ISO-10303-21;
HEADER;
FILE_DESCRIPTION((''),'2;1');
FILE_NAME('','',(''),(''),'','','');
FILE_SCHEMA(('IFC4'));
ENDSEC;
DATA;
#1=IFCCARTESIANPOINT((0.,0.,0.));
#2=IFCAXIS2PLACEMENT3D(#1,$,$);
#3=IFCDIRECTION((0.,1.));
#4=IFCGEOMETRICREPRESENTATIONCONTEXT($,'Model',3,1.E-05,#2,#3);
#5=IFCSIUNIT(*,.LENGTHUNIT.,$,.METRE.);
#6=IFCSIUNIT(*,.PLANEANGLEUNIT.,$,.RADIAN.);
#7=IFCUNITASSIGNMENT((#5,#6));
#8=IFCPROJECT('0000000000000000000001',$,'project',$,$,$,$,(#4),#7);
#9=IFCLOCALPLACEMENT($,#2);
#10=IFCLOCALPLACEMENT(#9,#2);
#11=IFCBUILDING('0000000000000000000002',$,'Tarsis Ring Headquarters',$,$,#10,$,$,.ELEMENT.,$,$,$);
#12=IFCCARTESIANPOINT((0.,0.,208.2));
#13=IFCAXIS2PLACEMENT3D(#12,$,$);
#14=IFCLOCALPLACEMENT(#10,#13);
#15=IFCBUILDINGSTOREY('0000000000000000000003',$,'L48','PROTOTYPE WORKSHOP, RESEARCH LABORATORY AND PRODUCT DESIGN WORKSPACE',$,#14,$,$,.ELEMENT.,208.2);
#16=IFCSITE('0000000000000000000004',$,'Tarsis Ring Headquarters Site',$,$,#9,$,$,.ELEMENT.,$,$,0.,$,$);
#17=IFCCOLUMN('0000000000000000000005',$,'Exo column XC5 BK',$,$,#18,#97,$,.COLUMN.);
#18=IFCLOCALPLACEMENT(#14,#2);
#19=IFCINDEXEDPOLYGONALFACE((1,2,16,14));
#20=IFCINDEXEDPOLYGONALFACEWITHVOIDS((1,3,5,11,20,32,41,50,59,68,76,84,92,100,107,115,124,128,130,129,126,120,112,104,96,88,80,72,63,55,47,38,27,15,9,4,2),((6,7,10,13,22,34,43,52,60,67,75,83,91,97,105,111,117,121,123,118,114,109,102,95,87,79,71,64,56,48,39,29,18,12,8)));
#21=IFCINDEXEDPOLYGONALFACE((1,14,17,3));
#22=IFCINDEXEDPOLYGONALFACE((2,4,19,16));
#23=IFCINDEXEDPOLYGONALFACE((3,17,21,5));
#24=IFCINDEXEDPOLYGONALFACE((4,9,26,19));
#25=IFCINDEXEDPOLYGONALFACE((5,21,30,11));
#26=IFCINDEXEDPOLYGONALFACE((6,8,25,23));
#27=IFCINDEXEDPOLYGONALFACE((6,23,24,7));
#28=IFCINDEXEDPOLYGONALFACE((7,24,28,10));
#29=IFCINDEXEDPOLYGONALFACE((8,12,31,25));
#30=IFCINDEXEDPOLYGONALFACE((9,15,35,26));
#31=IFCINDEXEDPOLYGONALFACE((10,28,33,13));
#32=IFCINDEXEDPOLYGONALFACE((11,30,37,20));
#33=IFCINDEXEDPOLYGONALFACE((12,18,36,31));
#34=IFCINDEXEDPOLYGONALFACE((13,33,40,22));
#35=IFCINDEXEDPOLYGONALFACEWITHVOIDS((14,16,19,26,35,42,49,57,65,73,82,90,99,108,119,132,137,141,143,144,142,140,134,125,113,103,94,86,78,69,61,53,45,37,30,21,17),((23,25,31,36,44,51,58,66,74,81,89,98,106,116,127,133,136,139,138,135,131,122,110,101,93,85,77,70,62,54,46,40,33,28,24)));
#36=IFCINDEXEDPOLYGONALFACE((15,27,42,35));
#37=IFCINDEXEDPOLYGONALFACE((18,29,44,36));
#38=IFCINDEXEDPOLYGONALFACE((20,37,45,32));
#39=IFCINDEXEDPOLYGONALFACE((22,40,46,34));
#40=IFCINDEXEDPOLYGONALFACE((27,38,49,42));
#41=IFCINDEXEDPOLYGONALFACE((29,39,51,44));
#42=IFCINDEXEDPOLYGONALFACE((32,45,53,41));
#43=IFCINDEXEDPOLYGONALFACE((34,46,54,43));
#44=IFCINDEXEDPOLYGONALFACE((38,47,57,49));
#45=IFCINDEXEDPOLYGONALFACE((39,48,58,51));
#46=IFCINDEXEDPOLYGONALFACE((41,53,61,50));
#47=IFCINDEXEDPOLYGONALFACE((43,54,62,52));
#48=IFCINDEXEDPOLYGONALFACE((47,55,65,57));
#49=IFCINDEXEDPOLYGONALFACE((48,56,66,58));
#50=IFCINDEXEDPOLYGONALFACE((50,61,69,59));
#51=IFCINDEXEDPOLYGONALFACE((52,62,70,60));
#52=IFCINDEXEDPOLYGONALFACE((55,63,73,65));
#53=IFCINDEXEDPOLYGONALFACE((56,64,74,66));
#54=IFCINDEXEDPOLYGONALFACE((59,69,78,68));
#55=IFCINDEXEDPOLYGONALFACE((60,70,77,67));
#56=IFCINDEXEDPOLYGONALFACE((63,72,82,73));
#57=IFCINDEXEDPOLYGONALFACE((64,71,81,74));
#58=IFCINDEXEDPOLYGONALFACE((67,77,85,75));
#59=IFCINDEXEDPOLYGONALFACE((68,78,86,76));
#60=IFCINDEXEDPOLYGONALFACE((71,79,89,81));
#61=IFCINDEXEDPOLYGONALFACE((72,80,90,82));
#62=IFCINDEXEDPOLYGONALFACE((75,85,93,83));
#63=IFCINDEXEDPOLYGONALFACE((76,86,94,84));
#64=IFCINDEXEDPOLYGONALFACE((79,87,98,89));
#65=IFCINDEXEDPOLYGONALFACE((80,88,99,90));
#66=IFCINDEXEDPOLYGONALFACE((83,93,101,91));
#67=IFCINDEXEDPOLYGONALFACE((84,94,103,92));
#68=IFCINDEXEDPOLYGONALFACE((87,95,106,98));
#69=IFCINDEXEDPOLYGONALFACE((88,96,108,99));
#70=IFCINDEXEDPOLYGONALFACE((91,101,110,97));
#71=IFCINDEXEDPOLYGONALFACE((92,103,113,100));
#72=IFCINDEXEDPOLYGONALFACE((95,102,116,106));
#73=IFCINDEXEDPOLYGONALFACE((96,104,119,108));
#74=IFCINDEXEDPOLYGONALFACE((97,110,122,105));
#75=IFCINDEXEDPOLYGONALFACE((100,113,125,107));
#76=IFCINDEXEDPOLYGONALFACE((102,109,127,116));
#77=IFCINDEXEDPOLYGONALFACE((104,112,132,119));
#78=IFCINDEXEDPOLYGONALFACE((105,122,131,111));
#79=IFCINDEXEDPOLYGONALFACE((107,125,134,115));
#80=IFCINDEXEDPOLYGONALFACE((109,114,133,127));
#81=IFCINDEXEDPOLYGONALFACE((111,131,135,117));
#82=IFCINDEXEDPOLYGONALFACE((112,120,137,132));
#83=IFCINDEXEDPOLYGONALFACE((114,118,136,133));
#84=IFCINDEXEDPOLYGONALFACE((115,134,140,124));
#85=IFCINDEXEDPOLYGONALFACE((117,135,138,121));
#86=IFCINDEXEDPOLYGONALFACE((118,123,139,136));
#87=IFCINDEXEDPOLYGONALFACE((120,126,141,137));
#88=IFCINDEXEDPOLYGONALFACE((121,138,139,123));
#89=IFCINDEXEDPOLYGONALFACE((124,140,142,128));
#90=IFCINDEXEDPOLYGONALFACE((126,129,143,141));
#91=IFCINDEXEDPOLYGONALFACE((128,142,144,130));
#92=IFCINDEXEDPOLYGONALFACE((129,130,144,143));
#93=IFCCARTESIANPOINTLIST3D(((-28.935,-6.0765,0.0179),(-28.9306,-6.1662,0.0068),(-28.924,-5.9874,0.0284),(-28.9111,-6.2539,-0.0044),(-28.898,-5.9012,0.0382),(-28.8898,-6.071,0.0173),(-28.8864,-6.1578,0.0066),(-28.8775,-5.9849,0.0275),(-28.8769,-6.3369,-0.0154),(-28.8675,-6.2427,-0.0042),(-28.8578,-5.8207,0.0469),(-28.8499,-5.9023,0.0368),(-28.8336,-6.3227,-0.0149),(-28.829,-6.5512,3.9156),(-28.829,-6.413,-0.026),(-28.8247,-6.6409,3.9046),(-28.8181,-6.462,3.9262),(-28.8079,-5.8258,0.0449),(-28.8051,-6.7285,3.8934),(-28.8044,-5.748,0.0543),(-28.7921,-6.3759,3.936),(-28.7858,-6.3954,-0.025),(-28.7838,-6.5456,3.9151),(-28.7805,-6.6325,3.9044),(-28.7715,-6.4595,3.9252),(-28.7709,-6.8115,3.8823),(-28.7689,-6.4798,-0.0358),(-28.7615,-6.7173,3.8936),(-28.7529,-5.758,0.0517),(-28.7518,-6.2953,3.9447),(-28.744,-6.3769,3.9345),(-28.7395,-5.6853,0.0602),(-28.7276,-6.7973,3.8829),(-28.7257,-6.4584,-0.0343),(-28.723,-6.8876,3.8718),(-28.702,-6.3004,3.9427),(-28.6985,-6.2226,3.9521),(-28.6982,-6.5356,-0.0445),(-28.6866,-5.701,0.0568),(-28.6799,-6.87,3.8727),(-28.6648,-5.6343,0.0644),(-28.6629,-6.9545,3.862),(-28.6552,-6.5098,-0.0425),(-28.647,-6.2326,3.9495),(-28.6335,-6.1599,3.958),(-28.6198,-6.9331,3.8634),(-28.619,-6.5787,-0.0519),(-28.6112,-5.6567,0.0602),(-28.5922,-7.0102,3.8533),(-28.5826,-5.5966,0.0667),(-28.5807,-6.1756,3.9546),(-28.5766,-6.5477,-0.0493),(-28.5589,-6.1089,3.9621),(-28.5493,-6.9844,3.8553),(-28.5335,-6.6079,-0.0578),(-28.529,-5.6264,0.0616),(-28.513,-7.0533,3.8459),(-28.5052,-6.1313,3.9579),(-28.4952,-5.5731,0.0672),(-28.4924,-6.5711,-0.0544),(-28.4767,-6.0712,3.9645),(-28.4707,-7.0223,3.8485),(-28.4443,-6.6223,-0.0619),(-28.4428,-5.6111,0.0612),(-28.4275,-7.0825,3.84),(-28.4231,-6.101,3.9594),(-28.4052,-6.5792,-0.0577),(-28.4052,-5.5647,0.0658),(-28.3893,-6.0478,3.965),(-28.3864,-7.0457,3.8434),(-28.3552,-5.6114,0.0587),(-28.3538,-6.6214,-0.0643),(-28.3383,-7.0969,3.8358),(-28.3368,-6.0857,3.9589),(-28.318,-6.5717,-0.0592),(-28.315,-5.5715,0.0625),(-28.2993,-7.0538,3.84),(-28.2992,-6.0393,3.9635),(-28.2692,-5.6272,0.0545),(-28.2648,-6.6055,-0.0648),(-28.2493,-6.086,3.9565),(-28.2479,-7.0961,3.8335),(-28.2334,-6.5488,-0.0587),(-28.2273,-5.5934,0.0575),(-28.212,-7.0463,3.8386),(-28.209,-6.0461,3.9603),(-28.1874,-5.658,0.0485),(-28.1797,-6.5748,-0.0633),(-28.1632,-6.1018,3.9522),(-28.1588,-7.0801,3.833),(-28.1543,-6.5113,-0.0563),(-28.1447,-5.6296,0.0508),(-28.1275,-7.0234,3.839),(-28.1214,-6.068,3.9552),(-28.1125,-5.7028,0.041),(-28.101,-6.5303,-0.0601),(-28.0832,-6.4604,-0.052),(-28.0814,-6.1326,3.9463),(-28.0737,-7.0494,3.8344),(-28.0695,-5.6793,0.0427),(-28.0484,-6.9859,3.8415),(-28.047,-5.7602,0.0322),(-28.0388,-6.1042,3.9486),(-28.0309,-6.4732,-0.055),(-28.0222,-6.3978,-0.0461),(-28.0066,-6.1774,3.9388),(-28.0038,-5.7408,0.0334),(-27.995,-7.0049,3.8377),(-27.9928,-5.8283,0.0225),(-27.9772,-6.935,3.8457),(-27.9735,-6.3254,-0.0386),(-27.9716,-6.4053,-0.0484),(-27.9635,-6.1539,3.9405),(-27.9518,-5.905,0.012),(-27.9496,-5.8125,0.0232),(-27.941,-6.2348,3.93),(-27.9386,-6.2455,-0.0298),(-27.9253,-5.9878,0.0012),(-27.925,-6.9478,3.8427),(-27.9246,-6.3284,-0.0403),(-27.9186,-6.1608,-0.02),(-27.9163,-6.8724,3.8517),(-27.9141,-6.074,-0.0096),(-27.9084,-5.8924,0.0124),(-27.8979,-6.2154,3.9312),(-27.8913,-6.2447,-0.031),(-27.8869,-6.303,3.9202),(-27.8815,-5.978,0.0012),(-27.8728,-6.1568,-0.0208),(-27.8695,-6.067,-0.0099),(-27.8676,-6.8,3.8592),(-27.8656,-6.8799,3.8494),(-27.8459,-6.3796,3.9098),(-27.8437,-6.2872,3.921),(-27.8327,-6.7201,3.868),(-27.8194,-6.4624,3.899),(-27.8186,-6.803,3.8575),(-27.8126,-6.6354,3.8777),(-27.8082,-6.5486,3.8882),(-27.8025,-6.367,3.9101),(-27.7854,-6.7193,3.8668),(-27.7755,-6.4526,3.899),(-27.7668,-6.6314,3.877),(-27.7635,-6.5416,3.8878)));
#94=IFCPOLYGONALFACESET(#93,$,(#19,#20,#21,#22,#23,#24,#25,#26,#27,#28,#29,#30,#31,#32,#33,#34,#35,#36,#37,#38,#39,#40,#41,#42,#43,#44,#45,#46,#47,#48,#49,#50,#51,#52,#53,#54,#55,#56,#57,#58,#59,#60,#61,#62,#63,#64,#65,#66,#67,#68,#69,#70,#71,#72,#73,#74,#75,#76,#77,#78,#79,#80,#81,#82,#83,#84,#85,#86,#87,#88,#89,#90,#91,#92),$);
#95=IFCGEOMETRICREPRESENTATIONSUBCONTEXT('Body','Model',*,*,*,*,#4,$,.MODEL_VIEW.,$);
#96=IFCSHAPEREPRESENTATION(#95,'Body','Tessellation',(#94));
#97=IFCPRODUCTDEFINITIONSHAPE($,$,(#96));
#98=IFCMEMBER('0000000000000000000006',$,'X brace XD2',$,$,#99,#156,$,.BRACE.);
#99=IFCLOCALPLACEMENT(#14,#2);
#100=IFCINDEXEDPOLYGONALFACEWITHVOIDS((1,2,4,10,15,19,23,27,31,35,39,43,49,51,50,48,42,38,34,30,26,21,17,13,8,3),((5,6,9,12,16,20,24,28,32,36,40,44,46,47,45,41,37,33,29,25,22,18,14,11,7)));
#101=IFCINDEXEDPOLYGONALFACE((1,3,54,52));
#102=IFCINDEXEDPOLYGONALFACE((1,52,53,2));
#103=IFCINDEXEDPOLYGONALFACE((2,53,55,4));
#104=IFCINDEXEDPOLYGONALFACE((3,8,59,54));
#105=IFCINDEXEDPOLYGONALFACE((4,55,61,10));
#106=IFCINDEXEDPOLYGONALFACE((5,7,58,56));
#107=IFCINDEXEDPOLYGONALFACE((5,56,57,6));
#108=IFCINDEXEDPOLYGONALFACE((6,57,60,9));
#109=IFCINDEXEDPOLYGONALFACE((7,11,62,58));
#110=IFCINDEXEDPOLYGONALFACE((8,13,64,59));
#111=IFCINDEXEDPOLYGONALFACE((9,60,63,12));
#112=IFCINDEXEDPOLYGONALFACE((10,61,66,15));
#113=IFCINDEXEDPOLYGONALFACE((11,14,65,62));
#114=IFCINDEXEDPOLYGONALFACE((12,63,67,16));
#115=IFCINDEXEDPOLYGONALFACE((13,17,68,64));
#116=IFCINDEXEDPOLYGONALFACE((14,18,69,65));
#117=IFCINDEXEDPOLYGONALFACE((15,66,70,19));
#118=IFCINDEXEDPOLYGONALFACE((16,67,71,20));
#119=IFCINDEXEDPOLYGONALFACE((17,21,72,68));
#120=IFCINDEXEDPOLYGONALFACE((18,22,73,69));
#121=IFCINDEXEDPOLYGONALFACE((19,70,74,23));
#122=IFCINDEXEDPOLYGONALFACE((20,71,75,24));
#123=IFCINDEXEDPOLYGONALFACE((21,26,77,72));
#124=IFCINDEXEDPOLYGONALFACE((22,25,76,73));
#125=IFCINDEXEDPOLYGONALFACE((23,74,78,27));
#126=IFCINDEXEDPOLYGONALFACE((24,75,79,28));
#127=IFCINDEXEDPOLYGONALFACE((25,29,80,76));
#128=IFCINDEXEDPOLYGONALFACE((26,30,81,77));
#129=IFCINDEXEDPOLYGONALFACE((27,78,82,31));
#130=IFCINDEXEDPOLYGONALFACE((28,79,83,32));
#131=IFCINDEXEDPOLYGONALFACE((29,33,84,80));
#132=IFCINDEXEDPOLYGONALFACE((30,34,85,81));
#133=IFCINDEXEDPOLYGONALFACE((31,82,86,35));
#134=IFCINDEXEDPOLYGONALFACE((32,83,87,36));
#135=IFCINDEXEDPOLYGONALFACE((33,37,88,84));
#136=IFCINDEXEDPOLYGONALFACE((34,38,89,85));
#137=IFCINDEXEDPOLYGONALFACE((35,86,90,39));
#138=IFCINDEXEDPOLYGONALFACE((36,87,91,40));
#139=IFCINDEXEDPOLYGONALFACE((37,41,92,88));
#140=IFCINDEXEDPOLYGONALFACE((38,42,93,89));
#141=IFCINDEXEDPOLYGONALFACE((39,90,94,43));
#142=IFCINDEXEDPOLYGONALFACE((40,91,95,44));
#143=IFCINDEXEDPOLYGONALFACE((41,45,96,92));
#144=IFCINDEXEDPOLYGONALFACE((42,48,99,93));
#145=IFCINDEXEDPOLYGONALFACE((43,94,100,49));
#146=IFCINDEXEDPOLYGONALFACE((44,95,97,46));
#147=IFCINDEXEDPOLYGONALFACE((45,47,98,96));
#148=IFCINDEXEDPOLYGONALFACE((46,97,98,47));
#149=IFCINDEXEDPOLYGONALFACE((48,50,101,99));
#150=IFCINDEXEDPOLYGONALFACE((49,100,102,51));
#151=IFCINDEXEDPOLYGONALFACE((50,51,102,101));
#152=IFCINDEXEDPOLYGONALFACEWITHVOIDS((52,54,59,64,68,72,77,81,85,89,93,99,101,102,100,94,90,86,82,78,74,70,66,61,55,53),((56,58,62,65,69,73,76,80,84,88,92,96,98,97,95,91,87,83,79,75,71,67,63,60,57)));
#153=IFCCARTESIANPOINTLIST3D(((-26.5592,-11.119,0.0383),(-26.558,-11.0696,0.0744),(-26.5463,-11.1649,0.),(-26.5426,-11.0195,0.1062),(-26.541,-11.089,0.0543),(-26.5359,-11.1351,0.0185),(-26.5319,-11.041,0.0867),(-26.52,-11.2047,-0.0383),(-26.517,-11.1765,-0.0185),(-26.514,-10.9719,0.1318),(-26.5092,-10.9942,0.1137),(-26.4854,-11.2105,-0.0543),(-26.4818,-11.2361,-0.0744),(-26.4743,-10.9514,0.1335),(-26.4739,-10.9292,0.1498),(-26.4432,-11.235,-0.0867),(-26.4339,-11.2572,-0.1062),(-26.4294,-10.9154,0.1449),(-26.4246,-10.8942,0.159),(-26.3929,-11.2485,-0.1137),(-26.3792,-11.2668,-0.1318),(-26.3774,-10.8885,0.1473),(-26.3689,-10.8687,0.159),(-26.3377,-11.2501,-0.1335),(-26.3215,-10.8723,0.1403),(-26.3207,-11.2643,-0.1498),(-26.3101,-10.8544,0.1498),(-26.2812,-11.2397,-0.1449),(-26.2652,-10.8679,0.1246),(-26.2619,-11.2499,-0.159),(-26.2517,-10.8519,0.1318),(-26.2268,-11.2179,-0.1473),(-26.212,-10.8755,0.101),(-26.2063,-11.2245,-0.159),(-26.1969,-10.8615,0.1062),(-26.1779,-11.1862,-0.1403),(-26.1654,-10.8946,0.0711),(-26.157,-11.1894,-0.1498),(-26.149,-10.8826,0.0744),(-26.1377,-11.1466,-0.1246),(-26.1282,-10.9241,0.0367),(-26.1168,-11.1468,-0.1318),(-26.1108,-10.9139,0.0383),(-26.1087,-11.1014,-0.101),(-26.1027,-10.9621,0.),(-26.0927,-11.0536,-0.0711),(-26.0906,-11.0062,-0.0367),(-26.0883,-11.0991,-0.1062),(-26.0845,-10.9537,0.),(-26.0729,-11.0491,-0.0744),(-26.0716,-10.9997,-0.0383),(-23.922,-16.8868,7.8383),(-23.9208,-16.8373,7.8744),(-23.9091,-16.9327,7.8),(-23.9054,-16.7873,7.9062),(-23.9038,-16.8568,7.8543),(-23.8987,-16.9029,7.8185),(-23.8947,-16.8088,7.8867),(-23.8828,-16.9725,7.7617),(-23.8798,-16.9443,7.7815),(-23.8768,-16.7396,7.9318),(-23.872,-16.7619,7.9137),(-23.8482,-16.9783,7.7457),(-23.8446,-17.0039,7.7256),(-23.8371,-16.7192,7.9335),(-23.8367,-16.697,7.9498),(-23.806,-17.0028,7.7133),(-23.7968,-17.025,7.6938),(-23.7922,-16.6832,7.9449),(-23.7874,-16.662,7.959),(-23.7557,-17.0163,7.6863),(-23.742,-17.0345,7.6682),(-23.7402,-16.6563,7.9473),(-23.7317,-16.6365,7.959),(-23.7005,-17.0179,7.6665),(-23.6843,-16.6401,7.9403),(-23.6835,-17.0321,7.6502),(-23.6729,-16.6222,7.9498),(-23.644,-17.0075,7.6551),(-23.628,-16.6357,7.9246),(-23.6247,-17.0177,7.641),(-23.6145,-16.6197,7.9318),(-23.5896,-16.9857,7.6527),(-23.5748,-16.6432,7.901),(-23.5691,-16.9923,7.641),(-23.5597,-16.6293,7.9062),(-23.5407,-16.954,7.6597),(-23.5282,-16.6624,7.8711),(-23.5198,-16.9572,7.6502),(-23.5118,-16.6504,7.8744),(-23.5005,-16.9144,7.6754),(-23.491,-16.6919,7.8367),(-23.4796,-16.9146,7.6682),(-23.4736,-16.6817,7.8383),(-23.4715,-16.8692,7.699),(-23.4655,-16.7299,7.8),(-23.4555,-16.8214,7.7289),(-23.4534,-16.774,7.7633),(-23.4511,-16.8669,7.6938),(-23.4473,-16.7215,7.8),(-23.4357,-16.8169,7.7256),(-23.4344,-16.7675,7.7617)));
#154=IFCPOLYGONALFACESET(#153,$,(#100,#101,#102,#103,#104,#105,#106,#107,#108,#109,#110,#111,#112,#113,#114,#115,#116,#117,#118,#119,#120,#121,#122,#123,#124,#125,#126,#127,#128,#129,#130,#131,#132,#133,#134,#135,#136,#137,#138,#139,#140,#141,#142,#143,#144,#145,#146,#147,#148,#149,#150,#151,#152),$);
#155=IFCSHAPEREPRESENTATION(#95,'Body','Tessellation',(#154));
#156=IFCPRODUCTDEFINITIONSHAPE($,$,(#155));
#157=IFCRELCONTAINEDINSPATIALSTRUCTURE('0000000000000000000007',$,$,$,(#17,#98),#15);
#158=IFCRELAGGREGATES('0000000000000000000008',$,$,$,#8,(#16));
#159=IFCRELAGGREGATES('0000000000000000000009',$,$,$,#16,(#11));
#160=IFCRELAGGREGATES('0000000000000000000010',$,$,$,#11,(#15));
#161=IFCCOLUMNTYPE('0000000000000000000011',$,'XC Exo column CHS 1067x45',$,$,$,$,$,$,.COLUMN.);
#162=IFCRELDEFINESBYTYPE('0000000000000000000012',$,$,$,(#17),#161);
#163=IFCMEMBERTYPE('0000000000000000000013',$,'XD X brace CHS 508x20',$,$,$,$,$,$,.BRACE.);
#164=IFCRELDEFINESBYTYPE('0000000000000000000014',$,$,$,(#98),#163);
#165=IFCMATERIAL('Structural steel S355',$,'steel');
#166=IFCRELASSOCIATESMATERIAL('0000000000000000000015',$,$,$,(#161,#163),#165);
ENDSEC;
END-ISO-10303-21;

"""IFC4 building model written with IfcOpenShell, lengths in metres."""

from ifc_helpers import new_model, si_unit, direction, frame, origin, origin_2d, place, context, subcontext, project, spatial, hollow_circle, extrude, material, material_profile, profile_set, type_object, element, save


model = new_model("IFC4")

# Units and contexts
model_context = context("Model", 3, precision=1e-05, world=origin(), true_north=direction((0.0, 1.0)))
body_context = subcontext(model_context, "Body", "Model", "MODEL_VIEW")
ifc_project = project(units=[si_unit("LENGTHUNIT", "METRE"), si_unit("PLANEANGLEUNIT", "RADIAN")], contexts=[model_context])

# Site, building, storey
site_placement = place(None, origin())
site = spatial("IfcSite", under=ifc_project, at=site_placement, Name="Tarsis Ring Headquarters Site", CompositionType="ELEMENT", RefElevation=0.0)
building_placement = place(site_placement, origin())
building = spatial("IfcBuilding", under=site, at=building_placement, Name="Tarsis Ring Headquarters", CompositionType="ELEMENT")
storey_placement = place(building_placement, frame((0.0, 0.0, 208.2)))
storey = spatial("IfcBuildingStorey", under=building, at=storey_placement, Name="L48", Description="PROTOTYPE WORKSHOP, RESEARCH LABORATORY AND PRODUCT DESIGN WORKSPACE", CompositionType="ELEMENT", Elevation=208.2)

# Column
ifc_material_1 = material(Name="Structural steel S355", Category="steel")
ifc_material_profile_1 = material_profile(ifc_material_1, hollow_circle(Radius=0.5334, WallThickness=0.0449, at=origin_2d()), Name="CHS 1067x45")
ifc_profile_set_1 = profile_set([ifc_material_profile_1], Name="Structural steel S355")
column_type = type_object("IfcColumnType", Name="XC Exo column CHS 1067x45", PredefinedType="COLUMN", material=ifc_profile_set_1)
column_1_placement = place(storey_placement, frame((-28.4021, -6.0942, 0.0012), z_axis=(0.026975, -0.12083, 0.992307), x_axis=(0.975974, 0.217887, 0.0)))
element("IfcColumn", 1, at=column_1_placement, inside=storey, type_object=column_type, Name="Exo column XC5 BK", PredefinedType="COLUMN", context=body_context, shape_type="SweptSolid", body=[
    extrude(hollow_circle(Radius=0.5334, WallThickness=0.0449, at=origin_2d()), origin(), (0.0, 0.0, 1.0), 3.928),
])

# Member
ifc_material_profile_2 = material_profile(ifc_material_1, hollow_circle(Radius=0.2539, WallThickness=0.02, at=origin_2d()), Name="CHS 508x20")
ifc_profile_set_2 = profile_set([ifc_material_profile_2], Name="Structural steel S355")
member_type = type_object("IfcMemberType", Name="XD X brace CHS 508x20", PredefinedType="BRACE", material=ifc_profile_set_2)
member_1_placement = place(storey_placement, frame((-26.3154, -11.0593, 0.0), z_axis=(0.26233, -0.57374, 0.77589), x_axis=(0.909445, 0.415823, 0.0)))
element("IfcMember", 2, at=member_1_placement, inside=storey, type_object=member_type, Name="X brace XD2", PredefinedType="BRACE", context=body_context, shape_type="SweptSolid", body=[
    extrude(hollow_circle(Radius=0.2539, WallThickness=0.02, at=origin_2d()), origin(), (0.0, 0.0, 1.0), 10.053),
])

save(model, "model.ifc")
